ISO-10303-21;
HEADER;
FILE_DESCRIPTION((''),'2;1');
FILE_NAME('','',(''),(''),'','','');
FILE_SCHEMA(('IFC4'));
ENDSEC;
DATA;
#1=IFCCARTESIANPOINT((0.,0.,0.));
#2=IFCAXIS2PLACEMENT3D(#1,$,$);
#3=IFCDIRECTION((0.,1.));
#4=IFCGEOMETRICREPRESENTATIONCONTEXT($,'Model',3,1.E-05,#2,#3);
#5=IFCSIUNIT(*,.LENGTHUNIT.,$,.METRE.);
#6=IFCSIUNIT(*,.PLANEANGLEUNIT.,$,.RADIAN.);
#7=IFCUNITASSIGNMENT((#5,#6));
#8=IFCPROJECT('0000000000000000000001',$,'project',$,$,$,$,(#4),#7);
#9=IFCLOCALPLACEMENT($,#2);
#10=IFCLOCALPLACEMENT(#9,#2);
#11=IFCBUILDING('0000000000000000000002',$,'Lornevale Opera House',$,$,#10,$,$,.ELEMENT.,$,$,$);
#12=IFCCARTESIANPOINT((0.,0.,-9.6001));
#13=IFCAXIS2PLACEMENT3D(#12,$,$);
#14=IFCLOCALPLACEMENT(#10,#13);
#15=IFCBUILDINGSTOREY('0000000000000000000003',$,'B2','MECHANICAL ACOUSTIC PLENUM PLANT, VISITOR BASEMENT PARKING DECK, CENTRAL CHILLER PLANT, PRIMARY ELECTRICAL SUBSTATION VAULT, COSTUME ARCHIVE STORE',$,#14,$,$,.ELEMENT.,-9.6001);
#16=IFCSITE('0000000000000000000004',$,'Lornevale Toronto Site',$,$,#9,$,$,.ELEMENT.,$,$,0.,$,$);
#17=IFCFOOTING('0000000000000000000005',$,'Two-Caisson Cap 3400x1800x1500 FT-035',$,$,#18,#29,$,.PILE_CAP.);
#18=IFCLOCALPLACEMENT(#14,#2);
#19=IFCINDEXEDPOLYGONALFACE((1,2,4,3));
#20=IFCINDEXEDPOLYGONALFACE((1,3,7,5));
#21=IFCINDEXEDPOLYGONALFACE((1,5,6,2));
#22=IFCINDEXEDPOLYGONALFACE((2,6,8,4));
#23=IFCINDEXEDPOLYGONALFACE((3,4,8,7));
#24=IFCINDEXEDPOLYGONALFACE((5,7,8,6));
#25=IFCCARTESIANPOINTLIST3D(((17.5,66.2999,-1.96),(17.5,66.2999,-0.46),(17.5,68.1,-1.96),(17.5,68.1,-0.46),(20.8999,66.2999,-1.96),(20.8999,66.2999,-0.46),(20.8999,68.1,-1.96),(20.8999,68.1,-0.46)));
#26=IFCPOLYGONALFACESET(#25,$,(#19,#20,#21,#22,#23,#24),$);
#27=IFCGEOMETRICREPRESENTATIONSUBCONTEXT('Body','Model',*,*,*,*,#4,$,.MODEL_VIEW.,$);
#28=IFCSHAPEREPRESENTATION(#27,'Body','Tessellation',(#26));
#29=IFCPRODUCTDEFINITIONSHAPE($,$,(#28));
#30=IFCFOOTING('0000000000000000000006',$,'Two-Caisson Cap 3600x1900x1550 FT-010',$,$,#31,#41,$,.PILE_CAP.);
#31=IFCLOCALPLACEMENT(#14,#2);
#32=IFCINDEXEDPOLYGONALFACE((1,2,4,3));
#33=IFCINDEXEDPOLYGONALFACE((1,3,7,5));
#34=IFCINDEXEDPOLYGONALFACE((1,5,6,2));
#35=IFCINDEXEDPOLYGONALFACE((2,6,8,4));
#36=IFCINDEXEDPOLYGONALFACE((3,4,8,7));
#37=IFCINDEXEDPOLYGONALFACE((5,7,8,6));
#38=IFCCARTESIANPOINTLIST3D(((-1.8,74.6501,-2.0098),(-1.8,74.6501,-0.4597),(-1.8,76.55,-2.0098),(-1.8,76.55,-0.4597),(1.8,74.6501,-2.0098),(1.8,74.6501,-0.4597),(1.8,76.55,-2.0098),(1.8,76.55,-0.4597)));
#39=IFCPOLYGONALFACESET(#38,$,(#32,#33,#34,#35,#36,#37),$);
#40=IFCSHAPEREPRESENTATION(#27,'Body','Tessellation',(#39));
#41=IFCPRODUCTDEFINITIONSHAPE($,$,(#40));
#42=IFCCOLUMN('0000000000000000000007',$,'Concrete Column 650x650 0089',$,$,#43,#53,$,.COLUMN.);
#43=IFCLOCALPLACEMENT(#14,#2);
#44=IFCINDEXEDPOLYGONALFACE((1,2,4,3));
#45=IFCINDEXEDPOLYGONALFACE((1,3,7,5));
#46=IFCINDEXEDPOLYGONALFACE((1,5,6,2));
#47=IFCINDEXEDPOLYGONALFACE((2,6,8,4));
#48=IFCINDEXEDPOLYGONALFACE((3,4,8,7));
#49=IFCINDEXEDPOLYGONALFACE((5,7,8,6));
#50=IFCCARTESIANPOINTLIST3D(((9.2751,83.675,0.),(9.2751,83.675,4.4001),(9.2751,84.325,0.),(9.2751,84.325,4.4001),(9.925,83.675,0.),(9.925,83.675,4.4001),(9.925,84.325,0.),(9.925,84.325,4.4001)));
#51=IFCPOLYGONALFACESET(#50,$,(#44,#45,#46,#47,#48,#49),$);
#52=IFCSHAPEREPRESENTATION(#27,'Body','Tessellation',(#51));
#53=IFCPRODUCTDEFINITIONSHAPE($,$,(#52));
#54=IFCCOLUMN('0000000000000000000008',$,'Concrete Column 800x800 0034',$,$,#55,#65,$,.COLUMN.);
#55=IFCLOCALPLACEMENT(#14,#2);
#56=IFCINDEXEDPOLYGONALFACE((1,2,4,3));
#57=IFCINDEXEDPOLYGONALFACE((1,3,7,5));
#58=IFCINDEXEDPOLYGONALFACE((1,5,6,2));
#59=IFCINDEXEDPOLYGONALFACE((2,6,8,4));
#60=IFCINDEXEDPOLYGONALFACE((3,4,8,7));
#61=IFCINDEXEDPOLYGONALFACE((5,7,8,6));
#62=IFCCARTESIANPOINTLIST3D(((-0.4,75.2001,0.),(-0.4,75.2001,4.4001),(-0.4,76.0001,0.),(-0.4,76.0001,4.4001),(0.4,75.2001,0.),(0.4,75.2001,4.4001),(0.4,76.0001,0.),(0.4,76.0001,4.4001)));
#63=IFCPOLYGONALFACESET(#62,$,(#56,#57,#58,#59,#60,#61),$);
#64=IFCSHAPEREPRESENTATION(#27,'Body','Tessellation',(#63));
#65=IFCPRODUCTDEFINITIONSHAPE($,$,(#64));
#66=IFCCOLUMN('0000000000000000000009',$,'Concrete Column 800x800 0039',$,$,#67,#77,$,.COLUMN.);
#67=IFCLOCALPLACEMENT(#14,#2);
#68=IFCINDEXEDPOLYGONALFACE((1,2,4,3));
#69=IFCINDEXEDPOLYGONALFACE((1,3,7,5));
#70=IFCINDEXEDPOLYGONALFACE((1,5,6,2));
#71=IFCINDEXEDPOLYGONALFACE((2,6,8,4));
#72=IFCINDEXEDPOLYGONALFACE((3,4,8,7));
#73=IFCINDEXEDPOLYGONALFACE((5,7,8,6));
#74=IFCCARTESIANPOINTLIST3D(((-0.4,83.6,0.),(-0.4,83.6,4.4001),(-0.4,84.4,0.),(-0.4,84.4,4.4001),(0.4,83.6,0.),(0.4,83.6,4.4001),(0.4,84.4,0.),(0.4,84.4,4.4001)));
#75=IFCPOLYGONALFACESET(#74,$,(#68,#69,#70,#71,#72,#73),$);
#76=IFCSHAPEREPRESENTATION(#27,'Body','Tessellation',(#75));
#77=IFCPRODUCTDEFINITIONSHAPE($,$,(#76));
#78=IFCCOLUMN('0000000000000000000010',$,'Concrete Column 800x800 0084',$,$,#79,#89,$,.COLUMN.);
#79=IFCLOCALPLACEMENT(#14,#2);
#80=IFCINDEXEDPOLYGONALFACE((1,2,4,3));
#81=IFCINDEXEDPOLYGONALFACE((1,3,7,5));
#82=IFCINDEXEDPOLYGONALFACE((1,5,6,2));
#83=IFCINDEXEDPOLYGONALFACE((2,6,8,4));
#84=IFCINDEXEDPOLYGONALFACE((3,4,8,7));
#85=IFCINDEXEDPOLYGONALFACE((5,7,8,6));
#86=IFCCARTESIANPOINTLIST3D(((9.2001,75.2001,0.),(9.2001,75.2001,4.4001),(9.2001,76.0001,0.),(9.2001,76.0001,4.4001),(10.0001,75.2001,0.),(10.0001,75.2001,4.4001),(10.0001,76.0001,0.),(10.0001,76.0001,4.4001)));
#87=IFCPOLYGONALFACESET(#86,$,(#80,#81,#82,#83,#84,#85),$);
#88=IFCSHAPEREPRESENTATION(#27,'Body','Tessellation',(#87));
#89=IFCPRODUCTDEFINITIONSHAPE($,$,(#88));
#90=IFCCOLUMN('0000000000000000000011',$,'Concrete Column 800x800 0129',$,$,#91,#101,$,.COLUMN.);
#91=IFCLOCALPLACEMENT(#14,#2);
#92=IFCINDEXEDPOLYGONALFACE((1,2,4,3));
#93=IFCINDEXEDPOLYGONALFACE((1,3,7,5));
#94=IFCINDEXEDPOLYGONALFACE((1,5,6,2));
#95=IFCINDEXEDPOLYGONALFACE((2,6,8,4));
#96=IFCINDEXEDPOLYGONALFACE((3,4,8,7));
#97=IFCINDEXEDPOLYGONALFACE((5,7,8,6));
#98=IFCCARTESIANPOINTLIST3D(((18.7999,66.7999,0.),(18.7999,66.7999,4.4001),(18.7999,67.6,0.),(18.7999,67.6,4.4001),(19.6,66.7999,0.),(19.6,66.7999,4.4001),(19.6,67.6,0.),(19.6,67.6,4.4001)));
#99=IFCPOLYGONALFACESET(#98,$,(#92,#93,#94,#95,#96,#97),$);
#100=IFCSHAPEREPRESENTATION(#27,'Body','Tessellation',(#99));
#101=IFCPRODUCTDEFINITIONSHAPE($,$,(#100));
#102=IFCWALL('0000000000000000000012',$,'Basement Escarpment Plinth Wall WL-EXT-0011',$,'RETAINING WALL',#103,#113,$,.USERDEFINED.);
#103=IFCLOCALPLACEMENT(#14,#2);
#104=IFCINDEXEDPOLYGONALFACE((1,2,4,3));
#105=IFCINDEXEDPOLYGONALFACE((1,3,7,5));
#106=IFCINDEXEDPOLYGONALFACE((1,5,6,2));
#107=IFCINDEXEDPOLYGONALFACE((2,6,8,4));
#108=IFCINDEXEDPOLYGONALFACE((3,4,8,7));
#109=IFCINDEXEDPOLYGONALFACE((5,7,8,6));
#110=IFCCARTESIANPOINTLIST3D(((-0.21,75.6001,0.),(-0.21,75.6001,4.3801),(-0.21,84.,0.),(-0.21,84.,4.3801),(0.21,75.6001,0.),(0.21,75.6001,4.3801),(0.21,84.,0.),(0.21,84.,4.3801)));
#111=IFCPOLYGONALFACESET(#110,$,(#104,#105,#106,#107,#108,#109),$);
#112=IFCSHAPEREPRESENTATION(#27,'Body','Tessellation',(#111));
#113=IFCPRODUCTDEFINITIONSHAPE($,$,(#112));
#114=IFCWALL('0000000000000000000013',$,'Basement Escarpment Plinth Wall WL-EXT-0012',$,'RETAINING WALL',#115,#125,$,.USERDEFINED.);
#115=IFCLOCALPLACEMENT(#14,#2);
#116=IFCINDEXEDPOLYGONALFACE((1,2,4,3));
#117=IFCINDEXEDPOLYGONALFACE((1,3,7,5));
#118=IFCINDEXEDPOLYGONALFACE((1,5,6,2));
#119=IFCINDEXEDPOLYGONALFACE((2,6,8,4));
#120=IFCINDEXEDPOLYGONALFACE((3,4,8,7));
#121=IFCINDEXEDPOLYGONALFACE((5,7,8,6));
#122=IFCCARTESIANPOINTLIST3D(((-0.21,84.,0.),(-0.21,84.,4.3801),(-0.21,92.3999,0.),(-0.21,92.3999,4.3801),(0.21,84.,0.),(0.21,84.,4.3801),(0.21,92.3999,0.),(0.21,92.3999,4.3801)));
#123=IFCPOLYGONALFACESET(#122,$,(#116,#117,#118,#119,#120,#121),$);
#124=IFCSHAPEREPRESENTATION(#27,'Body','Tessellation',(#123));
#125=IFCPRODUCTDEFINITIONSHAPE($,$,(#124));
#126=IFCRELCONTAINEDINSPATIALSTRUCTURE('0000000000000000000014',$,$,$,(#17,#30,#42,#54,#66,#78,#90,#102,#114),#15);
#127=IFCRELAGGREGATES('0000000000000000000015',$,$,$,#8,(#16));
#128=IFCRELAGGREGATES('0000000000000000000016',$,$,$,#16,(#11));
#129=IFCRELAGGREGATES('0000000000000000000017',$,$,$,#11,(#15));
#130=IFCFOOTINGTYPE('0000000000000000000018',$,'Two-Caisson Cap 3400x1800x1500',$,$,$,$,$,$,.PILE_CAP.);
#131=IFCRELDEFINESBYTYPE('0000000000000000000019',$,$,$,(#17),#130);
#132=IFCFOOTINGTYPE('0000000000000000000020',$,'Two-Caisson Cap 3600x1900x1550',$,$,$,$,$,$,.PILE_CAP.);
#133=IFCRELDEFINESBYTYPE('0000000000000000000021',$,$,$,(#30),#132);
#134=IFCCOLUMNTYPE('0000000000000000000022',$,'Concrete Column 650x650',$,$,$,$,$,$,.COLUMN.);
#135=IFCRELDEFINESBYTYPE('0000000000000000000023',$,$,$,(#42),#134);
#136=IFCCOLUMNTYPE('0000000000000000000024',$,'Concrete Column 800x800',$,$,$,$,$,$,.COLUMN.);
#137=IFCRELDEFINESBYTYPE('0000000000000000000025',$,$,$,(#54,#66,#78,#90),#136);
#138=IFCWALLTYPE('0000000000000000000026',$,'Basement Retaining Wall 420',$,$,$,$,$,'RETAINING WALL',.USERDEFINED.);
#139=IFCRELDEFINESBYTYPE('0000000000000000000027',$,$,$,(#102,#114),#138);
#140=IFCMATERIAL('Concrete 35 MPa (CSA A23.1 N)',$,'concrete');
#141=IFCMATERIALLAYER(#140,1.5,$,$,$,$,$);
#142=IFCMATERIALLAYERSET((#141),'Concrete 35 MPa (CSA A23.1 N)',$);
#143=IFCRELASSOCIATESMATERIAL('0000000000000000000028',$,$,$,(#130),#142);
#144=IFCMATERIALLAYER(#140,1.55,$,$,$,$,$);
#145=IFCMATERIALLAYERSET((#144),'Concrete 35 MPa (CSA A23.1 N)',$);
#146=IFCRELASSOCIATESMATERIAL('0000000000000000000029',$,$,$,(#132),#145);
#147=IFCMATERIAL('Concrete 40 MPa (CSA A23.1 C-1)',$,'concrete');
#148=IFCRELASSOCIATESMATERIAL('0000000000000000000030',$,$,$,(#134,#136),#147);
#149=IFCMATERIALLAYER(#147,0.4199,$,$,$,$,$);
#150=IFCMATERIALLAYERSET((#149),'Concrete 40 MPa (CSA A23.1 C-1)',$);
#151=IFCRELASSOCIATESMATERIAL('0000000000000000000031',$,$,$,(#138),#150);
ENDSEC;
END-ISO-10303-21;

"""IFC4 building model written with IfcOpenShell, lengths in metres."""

from ifc_helpers import new_model, si_unit, direction, frame, frame_2d, origin, origin_2d, place, context, subcontext, project, spatial, rectangle, extrude, material, layer, layer_set, material_profile, profile_set, type_object, element, save


model = new_model("IFC4")

# Units and contexts
model_context = context("Model", 3, precision=1e-05, world=origin(), true_north=direction((0.0, 1.0)))
body_context = subcontext(model_context, "Body", "Model", "MODEL_VIEW")
ifc_project = project(units=[si_unit("LENGTHUNIT", "METRE"), si_unit("PLANEANGLEUNIT", "RADIAN")], contexts=[model_context])

# Site, building, storey
site_placement = place(None, origin())
site = spatial("IfcSite", under=ifc_project, at=site_placement, Name="Lornevale Toronto Site", CompositionType="ELEMENT", RefElevation=0.0)
building_placement = place(site_placement, origin())
building = spatial("IfcBuilding", under=site, at=building_placement, Name="Lornevale Opera House", CompositionType="ELEMENT")
storey_placement = place(building_placement, frame((0.0, 0.0, -9.6001)))
storey = spatial("IfcBuildingStorey", under=building, at=storey_placement, Name="B2", Description="MECHANICAL ACOUSTIC PLENUM PLANT, VISITOR BASEMENT PARKING DECK, CENTRAL CHILLER PLANT, PRIMARY ELECTRICAL SUBSTATION VAULT, COSTUME ARCHIVE STORE", CompositionType="ELEMENT", Elevation=-9.6001)

# Shared definitions
ifc_material_1 = material(Name="Concrete 35 MPa (CSA A23.1 N)", Category="concrete")

# Shared definitions
ifc_material_2 = material(Name="Concrete 40 MPa (CSA A23.1 C-1)", Category="concrete")

# Footings
ifc_layer_1 = layer(ifc_material_1, 1.5)
ifc_layer_set_1 = layer_set([ifc_layer_1], Name="Concrete 35 MPa (CSA A23.1 N)")
footing_type_1 = type_object("IfcFootingType", Name="Two-Caisson Cap 3400x1800x1500", PredefinedType="PILE_CAP", material=ifc_layer_set_1)
for number, where, z_axis, x_axis, name in (
    (1, (19.2, 67.2, -1.96), (0.0, 0.0, 1.0), (1.0, 0.0, 0.0), "Two-Caisson Cap 3400x1800x1500 FT-035"),
):
    element("IfcFooting", number, at=place(storey_placement, frame(where, z_axis=z_axis, x_axis=x_axis)), inside=storey, type_object=footing_type_1, Name=name, PredefinedType="PILE_CAP", context=body_context, shape_type="SweptSolid", body=[
        extrude(rectangle(XDim=3.3999, YDim=1.8, at=origin_2d()), origin(), (0.0, 0.0, 1.0), 1.5),
    ])
ifc_layer_2 = layer(ifc_material_1, 1.55)
ifc_layer_set_2 = layer_set([ifc_layer_2], Name="Concrete 35 MPa (CSA A23.1 N)")
footing_type_2 = type_object("IfcFootingType", Name="Two-Caisson Cap 3600x1900x1550", PredefinedType="PILE_CAP", material=ifc_layer_set_2)
footing_1_placement = place(storey_placement, frame((0.0, 75.6001, -2.0098), z_axis=(0.0, 0.0, 1.0), x_axis=(1.0, 0.0, 0.0)))
element("IfcFooting", 2, at=footing_1_placement, inside=storey, type_object=footing_type_2, Name="Two-Caisson Cap 3600x1900x1550 FT-010", PredefinedType="PILE_CAP", context=body_context, shape_type="SweptSolid", body=[
    extrude(rectangle(XDim=3.6001, YDim=1.8999, at=origin_2d()), origin(), (0.0, 0.0, 1.0), 1.55),
])

# Columns
ifc_material_profile_1 = material_profile(ifc_material_2, rectangle(XDim=0.6499, YDim=0.6499, at=origin_2d()), Name="RC650x650")
ifc_profile_set_1 = profile_set([ifc_material_profile_1], Name="Concrete 40 MPa (CSA A23.1 C-1)")
column_type_1 = type_object("IfcColumnType", Name="Concrete Column 650x650", PredefinedType="COLUMN", material=ifc_profile_set_1)
column_placement = place(storey_placement, frame((9.6001, 84.0, 0.0), z_axis=(0.0, 0.0, 1.0), x_axis=(1.0, 0.0, 0.0)))
element("IfcColumn", 3, at=column_placement, inside=storey, type_object=column_type_1, Name="Concrete Column 650x650 0089", PredefinedType="COLUMN", context=body_context, shape_type="SweptSolid", body=[
    extrude(rectangle(XDim=0.6499, YDim=0.6499, at=origin_2d()), origin(), (0.0, 0.0, 1.0), 4.4001),
])
ifc_material_profile_2 = material_profile(ifc_material_2, rectangle(XDim=0.8, YDim=0.8, at=origin_2d()), Name="RC800x800")
ifc_profile_set_2 = profile_set([ifc_material_profile_2], Name="Concrete 40 MPa (CSA A23.1 C-1)")
column_type_2 = type_object("IfcColumnType", Name="Concrete Column 800x800", PredefinedType="COLUMN", material=ifc_profile_set_2)
for number, where, z_axis, x_axis, name in (
    (4, (0.0, 75.6001, 0.0), (0.0, 0.0, 1.0), (1.0, 0.0, 0.0), "Concrete Column 800x800 0034"),
    (5, (0.0, 84.0, 0.0), (0.0, 0.0, 1.0), (1.0, 0.0, 0.0), "Concrete Column 800x800 0039"),
    (6, (9.6001, 75.6001, 0.0), (0.0, 0.0, 1.0), (1.0, 0.0, 0.0), "Concrete Column 800x800 0084"),
    (7, (19.2, 67.2, 0.0), (0.0, 0.0, 1.0), (1.0, 0.0, 0.0), "Concrete Column 800x800 0129"),
):
    element("IfcColumn", number, at=place(storey_placement, frame(where, z_axis=z_axis, x_axis=x_axis)), inside=storey, type_object=column_type_2, Name=name, PredefinedType="COLUMN", context=body_context, shape_type="SweptSolid", body=[
        extrude(rectangle(XDim=0.8, YDim=0.8, at=origin_2d()), origin(), (0.0, 0.0, 1.0), 4.4001),
    ])

# Walls
ifc_layer_3 = layer(ifc_material_2, 0.4199)
ifc_layer_set_3 = layer_set([ifc_layer_3], Name="Concrete 40 MPa (CSA A23.1 C-1)")
wall_type = type_object("IfcWallType", Name="Basement Retaining Wall 420", ElementType="RETAINING WALL", PredefinedType="USERDEFINED", material=ifc_layer_set_3)
for number, where, z_axis, x_axis, name in (
    (8, (0.0, 75.6001, 0.0), (0.0, 0.0, 1.0), (0.0, 1.0, 0.0), "Basement Escarpment Plinth Wall WL-EXT-0011"),
    (9, (0.0, 84.0, 0.0), (0.0, 0.0, 1.0), (0.0, 1.0, 0.0), "Basement Escarpment Plinth Wall WL-EXT-0012"),
):
    element("IfcWall", number, at=place(storey_placement, frame(where, z_axis=z_axis, x_axis=x_axis)), inside=storey, type_object=wall_type, Name=name, ObjectType="RETAINING WALL", PredefinedType="USERDEFINED", context=body_context, shape_type="SweptSolid", body=[
        extrude(rectangle(XDim=8.3999, YDim=0.4199, at=frame_2d((4.2, 0.0))), origin(), (0.0, 0.0, 1.0), 4.3801),
    ])

save(model, "model.ifc")
